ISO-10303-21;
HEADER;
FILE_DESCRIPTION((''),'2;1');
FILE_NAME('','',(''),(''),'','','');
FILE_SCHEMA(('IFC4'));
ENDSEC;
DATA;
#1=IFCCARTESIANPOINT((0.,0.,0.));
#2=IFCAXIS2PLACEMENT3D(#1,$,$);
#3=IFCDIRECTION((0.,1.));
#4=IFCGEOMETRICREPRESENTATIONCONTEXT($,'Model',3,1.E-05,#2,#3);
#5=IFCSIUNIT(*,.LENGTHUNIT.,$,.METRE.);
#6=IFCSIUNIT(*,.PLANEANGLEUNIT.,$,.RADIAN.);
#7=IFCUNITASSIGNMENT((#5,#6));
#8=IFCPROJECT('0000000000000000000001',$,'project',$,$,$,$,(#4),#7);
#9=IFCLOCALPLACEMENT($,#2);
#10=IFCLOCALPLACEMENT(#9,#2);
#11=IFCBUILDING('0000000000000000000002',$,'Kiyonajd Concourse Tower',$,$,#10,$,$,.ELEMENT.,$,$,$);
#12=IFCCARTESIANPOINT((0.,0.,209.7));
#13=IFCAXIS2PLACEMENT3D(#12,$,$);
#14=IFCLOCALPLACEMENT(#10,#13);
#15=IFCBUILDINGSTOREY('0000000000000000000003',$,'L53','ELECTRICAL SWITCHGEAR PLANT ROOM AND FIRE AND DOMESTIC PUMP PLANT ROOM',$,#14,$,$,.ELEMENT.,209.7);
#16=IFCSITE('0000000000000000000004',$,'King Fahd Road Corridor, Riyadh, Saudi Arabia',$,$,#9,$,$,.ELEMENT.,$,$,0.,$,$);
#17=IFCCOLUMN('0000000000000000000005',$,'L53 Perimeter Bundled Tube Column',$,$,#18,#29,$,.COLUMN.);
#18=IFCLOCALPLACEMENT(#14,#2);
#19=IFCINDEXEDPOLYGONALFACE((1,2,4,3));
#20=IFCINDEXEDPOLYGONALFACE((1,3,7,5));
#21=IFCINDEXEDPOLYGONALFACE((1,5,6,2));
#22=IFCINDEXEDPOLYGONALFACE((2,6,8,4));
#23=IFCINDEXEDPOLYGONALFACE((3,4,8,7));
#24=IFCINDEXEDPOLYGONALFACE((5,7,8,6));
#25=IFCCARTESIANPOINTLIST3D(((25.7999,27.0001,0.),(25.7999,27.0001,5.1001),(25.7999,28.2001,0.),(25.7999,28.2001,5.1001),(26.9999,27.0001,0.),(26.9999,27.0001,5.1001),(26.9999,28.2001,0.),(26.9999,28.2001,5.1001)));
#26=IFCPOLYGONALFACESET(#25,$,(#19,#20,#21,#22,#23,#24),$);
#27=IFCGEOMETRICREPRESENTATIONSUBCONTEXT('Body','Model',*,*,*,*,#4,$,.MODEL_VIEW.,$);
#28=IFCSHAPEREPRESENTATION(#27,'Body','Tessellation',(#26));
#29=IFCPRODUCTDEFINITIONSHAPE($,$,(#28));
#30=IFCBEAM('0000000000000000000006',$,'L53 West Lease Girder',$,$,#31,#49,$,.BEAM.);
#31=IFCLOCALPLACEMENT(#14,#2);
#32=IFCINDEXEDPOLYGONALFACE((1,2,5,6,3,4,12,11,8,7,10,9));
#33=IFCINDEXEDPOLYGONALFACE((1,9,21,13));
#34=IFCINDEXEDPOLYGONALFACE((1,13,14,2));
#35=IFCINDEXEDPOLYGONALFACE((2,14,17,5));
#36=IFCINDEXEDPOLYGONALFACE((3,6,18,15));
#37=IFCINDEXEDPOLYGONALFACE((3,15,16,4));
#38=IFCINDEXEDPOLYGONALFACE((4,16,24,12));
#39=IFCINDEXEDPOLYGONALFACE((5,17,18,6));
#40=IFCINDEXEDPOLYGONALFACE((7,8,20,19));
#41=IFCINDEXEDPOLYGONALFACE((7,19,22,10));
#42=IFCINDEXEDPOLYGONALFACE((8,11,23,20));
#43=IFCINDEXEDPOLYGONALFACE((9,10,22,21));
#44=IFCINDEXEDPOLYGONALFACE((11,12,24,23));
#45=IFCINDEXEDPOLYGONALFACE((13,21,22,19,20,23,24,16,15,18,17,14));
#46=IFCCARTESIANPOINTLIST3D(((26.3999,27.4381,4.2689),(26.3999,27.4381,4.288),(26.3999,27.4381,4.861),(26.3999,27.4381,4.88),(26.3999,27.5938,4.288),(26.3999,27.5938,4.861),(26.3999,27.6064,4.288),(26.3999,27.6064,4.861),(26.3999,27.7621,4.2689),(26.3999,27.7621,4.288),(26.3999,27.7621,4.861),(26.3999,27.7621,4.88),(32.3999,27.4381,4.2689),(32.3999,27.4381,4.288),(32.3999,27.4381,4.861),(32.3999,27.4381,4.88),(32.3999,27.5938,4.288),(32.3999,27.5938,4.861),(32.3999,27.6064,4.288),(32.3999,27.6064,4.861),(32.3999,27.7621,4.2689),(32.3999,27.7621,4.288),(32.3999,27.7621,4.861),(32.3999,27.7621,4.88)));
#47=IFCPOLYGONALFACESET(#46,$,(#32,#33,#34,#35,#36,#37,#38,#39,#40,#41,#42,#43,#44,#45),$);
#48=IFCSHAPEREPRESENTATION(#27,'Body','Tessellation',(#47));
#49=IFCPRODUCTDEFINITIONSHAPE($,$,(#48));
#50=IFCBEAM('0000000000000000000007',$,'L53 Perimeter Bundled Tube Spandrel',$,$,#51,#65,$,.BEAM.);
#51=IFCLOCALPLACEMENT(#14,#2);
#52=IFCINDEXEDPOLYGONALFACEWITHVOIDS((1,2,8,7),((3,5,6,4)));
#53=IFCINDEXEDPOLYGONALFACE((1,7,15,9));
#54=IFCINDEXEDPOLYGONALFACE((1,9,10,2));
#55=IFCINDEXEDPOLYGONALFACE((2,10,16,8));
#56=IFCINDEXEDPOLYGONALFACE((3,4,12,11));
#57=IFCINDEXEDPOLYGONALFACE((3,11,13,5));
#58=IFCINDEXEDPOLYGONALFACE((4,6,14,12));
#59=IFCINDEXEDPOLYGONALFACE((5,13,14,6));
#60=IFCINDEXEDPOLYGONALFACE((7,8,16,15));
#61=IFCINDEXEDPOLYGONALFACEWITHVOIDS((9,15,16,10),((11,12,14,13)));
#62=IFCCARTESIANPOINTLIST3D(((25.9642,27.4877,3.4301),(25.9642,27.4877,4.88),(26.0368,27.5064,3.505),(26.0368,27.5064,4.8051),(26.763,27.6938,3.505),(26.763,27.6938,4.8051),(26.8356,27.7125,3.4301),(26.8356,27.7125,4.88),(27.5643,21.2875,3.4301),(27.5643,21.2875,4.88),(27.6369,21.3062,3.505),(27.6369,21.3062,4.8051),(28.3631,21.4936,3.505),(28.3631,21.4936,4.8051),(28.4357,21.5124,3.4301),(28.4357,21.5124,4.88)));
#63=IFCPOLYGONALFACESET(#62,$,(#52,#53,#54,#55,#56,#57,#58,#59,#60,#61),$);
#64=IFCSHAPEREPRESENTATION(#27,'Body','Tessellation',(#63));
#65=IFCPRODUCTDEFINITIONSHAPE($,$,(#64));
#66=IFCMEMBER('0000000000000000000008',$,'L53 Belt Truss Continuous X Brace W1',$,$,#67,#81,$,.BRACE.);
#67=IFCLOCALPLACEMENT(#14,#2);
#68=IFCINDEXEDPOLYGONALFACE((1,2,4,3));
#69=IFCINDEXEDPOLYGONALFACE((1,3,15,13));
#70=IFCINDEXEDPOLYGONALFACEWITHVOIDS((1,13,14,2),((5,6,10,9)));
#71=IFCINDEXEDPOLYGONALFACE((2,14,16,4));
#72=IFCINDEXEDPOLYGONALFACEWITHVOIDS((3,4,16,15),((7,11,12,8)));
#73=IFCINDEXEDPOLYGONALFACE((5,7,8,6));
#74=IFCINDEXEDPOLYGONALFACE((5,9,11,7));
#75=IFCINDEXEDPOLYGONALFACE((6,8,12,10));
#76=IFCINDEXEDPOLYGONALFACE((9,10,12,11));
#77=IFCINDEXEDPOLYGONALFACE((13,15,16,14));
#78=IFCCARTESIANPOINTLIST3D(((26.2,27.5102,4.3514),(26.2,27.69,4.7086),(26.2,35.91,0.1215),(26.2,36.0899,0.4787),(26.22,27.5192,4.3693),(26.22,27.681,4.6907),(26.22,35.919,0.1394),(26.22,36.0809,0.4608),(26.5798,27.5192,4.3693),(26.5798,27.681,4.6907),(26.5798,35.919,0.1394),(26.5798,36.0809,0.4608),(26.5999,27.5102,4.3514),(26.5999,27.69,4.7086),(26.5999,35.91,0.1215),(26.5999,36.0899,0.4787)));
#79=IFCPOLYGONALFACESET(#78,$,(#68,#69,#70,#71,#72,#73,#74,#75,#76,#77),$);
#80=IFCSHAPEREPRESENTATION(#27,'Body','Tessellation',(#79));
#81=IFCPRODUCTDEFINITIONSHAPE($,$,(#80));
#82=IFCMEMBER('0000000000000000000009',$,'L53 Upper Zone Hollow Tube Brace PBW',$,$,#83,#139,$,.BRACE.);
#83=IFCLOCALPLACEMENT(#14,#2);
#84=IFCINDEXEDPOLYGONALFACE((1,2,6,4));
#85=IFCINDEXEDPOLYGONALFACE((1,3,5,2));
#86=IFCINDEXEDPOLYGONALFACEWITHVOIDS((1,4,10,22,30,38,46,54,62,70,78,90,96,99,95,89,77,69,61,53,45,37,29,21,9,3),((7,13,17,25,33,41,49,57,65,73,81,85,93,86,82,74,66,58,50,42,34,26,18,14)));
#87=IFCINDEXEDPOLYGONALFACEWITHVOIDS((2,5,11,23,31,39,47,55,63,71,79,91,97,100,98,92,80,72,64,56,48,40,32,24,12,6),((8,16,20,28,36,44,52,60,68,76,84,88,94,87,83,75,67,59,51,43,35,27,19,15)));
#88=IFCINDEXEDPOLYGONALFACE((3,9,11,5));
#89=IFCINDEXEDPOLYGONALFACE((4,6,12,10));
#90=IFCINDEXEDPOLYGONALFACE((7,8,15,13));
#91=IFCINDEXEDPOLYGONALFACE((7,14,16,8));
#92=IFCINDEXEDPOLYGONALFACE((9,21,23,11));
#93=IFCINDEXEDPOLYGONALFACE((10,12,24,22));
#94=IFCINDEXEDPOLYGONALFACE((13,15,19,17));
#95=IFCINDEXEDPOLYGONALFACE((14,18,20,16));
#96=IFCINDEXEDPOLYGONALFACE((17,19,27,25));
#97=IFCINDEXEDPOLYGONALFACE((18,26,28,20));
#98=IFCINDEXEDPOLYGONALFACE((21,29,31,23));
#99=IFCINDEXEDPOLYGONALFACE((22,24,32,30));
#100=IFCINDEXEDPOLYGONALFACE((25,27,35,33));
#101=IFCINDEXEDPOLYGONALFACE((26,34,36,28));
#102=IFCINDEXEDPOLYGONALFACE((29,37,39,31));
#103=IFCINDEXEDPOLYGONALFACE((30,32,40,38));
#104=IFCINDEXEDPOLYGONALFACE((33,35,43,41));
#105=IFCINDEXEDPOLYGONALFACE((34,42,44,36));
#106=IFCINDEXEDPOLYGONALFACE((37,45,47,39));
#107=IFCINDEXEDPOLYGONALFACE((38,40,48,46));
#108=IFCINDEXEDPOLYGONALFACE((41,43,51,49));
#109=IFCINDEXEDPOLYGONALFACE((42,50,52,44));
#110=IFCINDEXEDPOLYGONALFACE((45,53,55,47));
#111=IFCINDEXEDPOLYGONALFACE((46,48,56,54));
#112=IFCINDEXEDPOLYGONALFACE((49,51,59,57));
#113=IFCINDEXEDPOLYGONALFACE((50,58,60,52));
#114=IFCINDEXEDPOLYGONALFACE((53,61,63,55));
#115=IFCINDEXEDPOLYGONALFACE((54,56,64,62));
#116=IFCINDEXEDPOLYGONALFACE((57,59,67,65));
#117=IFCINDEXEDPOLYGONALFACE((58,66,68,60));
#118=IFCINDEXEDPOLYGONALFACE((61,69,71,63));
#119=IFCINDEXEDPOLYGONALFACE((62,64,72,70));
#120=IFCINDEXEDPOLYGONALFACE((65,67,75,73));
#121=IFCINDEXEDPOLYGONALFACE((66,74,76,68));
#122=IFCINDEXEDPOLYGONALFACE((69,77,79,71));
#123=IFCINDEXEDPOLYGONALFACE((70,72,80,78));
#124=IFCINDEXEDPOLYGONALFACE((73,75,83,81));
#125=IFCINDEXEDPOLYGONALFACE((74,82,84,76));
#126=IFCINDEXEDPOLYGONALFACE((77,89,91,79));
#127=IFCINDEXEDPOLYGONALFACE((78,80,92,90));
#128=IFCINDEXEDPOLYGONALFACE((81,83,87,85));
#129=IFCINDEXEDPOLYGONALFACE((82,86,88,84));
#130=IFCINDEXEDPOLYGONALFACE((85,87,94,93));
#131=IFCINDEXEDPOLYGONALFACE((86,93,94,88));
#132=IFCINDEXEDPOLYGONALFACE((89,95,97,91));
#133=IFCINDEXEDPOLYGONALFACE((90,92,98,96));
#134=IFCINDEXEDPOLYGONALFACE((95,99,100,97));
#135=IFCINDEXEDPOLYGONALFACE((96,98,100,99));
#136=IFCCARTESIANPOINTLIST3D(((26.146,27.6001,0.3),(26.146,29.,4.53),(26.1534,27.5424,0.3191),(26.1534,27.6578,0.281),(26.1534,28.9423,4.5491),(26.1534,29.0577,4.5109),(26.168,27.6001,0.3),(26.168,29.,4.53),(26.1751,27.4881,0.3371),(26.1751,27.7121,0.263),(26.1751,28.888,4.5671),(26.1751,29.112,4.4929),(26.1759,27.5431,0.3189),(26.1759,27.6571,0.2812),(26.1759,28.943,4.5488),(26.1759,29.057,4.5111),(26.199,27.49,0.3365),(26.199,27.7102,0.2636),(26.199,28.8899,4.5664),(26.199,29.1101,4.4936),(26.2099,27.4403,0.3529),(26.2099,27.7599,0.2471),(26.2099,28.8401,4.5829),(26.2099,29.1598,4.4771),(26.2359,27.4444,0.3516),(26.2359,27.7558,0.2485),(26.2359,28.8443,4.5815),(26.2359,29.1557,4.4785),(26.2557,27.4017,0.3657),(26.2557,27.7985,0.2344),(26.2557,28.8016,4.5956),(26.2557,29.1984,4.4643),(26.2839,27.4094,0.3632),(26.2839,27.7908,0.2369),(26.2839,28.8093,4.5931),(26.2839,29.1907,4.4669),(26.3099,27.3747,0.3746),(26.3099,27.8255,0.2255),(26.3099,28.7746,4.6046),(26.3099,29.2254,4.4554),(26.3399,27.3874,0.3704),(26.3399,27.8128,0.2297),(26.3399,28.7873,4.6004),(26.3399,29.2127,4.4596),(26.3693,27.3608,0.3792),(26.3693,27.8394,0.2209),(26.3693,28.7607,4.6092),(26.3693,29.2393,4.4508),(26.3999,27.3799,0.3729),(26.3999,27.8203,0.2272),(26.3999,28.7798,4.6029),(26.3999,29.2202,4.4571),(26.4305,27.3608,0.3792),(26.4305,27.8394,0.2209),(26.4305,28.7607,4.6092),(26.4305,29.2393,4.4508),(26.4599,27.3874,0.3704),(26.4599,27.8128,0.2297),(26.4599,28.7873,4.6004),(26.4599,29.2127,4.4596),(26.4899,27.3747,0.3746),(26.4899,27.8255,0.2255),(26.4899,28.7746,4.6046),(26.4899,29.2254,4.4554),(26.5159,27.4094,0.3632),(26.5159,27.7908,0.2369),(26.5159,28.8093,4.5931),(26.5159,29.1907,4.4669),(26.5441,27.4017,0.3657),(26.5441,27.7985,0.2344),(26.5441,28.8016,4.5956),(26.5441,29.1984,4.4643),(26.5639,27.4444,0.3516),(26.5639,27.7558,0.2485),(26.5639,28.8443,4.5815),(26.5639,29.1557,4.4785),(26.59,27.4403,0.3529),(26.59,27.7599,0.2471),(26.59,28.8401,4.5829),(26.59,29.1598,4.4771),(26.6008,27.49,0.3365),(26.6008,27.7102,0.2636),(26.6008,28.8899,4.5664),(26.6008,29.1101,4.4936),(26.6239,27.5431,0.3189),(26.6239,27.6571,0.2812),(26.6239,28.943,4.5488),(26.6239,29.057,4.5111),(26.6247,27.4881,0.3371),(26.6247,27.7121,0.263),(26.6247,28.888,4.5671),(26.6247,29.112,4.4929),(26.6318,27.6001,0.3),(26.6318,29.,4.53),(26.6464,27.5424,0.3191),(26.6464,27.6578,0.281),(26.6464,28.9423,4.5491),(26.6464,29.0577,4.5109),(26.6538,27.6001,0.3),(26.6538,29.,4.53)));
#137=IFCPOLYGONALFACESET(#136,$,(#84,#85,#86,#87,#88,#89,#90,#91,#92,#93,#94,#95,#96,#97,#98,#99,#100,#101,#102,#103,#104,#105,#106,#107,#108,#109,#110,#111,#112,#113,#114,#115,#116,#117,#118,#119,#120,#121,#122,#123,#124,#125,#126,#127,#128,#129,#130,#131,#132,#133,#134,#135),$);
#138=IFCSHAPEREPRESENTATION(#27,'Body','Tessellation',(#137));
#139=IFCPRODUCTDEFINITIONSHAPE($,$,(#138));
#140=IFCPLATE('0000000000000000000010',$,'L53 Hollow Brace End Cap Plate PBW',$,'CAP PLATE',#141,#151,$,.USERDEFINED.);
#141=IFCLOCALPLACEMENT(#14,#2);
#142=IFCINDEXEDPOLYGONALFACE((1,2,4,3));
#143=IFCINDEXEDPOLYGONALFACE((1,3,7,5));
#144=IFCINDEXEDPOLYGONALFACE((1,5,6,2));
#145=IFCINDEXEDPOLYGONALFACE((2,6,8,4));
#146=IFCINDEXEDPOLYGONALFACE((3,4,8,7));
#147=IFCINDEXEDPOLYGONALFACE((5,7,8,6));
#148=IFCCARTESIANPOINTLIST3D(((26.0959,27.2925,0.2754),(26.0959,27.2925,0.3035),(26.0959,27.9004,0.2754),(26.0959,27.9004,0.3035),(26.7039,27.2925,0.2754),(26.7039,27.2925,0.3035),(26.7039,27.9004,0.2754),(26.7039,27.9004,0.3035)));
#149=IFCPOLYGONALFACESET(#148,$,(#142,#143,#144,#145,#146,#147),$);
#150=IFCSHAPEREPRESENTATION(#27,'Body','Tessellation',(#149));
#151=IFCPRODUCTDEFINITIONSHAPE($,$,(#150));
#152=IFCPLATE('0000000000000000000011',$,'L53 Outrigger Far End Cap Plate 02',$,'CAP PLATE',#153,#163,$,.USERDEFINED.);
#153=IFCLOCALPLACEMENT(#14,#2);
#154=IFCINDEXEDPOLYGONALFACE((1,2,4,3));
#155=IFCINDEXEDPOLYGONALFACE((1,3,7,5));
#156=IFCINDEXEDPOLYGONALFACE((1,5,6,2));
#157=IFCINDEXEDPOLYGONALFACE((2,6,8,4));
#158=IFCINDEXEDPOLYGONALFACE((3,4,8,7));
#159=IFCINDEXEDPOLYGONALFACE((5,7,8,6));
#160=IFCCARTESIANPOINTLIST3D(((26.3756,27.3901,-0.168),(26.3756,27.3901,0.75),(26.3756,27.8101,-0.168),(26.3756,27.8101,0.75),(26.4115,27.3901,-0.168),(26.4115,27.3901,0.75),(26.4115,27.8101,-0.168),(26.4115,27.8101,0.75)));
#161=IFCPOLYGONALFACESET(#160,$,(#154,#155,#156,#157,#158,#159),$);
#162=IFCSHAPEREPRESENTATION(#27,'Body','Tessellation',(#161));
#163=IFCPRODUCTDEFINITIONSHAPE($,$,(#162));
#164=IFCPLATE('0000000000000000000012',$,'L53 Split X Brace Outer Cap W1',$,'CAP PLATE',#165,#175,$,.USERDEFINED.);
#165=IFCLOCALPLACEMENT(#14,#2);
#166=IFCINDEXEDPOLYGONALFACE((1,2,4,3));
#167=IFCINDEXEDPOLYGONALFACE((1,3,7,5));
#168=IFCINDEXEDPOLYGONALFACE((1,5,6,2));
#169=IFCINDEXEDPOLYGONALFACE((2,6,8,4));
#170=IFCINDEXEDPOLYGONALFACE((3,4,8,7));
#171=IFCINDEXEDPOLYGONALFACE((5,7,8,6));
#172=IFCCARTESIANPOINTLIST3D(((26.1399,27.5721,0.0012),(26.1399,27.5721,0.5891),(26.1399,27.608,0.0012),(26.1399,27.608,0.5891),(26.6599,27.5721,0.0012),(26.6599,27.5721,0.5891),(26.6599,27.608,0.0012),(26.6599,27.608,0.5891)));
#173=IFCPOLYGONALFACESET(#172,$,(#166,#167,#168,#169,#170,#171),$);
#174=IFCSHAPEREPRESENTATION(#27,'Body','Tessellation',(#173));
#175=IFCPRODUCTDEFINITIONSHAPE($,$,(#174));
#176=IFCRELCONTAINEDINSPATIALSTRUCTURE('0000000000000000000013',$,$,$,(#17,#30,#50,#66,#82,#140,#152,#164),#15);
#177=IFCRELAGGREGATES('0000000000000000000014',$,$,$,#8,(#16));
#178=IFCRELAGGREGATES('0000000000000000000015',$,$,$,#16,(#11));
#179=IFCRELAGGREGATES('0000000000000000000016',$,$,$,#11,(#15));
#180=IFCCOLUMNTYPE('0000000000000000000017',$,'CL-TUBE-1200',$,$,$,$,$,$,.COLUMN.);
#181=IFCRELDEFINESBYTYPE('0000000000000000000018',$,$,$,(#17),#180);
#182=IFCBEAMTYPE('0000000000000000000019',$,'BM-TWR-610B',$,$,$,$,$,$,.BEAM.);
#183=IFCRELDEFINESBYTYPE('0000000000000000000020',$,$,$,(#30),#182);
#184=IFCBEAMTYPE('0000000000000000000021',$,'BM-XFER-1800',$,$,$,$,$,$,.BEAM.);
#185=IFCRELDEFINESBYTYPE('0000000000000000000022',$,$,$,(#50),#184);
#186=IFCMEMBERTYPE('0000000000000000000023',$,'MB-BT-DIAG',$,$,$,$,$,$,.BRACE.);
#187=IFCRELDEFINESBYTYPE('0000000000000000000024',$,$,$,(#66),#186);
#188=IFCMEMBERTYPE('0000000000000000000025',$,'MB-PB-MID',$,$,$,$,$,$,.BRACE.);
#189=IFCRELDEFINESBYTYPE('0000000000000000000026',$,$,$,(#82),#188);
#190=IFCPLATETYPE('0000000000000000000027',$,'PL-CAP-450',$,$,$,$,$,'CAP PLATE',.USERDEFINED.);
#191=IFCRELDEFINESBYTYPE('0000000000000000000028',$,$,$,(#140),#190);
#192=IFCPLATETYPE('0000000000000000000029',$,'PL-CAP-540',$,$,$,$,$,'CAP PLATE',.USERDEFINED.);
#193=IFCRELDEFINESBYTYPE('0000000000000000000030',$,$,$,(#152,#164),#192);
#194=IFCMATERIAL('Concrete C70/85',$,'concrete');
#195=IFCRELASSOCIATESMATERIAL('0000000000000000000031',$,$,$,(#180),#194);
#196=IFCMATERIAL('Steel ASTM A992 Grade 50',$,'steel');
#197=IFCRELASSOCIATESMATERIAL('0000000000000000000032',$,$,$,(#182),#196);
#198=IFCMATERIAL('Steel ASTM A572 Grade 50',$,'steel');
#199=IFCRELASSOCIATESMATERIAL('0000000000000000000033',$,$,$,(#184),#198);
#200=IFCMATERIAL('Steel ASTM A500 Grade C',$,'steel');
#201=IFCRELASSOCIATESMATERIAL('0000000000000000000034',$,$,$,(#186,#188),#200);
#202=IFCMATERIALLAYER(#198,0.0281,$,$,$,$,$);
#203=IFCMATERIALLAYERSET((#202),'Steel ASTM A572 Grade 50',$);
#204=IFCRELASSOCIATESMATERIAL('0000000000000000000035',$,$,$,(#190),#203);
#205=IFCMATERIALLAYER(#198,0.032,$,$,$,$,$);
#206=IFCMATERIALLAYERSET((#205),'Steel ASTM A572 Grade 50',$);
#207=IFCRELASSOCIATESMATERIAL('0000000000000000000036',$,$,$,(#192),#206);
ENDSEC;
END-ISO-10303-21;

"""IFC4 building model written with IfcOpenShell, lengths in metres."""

from ifc_helpers import new_model, si_unit, direction, frame, origin, origin_2d, place, context, subcontext, project, spatial, rectangle, hollow_rectangle, hollow_circle, i_section, extrude, material, layer, layer_set, material_profile, profile_set, type_object, element, save


model = new_model("IFC4")

# Units and contexts
model_context = context("Model", 3, precision=1e-05, world=origin(), true_north=direction((0.0, 1.0)))
body_context = subcontext(model_context, "Body", "Model", "MODEL_VIEW")
ifc_project = project(units=[si_unit("LENGTHUNIT", "METRE"), si_unit("PLANEANGLEUNIT", "RADIAN")], contexts=[model_context])

# Site, building, storey
site_placement = place(None, origin())
site = spatial("IfcSite", under=ifc_project, at=site_placement, Name="King Fahd Road Corridor, Riyadh, Saudi Arabia", CompositionType="ELEMENT", RefElevation=0.0)
building_placement = place(site_placement, origin())
building = spatial("IfcBuilding", under=site, at=building_placement, Name="Kiyonajd Concourse Tower", CompositionType="ELEMENT")
storey_placement = place(building_placement, frame((0.0, 0.0, 209.7)))
storey = spatial("IfcBuildingStorey", under=building, at=storey_placement, Name="L53", Description="ELECTRICAL SWITCHGEAR PLANT ROOM AND FIRE AND DOMESTIC PUMP PLANT ROOM", CompositionType="ELEMENT", Elevation=209.7)

# Column
ifc_material_1 = material(Name="Concrete C70/85", Category="concrete")
ifc_material_profile_1 = material_profile(ifc_material_1, rectangle(XDim=1.2, YDim=1.2, at=origin_2d()), Name="RC-1200x1200")
ifc_profile_set_1 = profile_set([ifc_material_profile_1], Name="Concrete C70/85")
column_type = type_object("IfcColumnType", Name="CL-TUBE-1200", PredefinedType="COLUMN", material=ifc_profile_set_1)
column_placement = place(storey_placement, frame((26.3999, 27.6001, 0.0), z_axis=(0.0, 0.0, 1.0), x_axis=(1.0, 0.0, 0.0)))
element("IfcColumn", 1, at=column_placement, inside=storey, type_object=column_type, Name="L53 Perimeter Bundled Tube Column", PredefinedType="COLUMN", context=body_context, shape_type="SweptSolid", body=[
    extrude(rectangle(XDim=1.2, YDim=1.2, at=origin_2d()), origin(), (0.0, 0.0, 1.0), 5.1001),
])

# Beams
ifc_material_2 = material(Name="Steel ASTM A992 Grade 50", Category="steel")
ifc_material_profile_2 = material_profile(ifc_material_2, i_section(OverallWidth=0.324, OverallDepth=0.6111, WebThickness=0.0127, FlangeThickness=0.019, at=origin_2d()), Name="W610X155")
ifc_profile_set_2 = profile_set([ifc_material_profile_2], Name="Steel ASTM A992 Grade 50")
beam_type_1 = type_object("IfcBeamType", Name="BM-TWR-610B", PredefinedType="BEAM", material=ifc_profile_set_2)
beam_1_placement = place(storey_placement, frame((26.3999, 27.6001, 4.5745), z_axis=(1.0, 0.0, 0.0), x_axis=(0.0, 1.0, 0.0)))
element("IfcBeam", 2, at=beam_1_placement, inside=storey, type_object=beam_type_1, Name="L53 West Lease Girder", PredefinedType="BEAM", context=body_context, shape_type="SweptSolid", body=[
    extrude(i_section(OverallWidth=0.324, OverallDepth=0.6111, WebThickness=0.0127, FlangeThickness=0.019, at=origin_2d()), origin(), (0.0, 0.0, 1.0), 6.0),
])
ifc_material_3 = material(Name="Steel ASTM A572 Grade 50", Category="steel")
ifc_material_profile_3 = material_profile(ifc_material_3, hollow_rectangle(XDim=0.8999, YDim=1.45, WallThickness=0.075, at=origin_2d()), Name="BOX-1450x900x75")
ifc_profile_set_3 = profile_set([ifc_material_profile_3], Name="Steel ASTM A572 Grade 50")
beam_type_2 = type_object("IfcBeamType", Name="BM-XFER-1800", PredefinedType="BEAM", material=ifc_profile_set_3)
beam_2_placement = place(storey_placement, frame((26.3999, 27.6001, 4.155), z_axis=(0.249885, -0.968276, 0.0), x_axis=(0.968276, 0.249885, 0.0)))
element("IfcBeam", 3, at=beam_2_placement, inside=storey, type_object=beam_type_2, Name="L53 Perimeter Bundled Tube Spandrel", PredefinedType="BEAM", context=body_context, shape_type="SweptSolid", body=[
    extrude(hollow_rectangle(XDim=0.8999, YDim=1.45, WallThickness=0.075, at=origin_2d()), origin(), (0.0, 0.0, 1.0), 6.4033),
])

# Members
ifc_material_4 = material(Name="Steel ASTM A500 Grade C", Category="steel")
ifc_material_profile_4 = material_profile(ifc_material_4, hollow_rectangle(XDim=0.3999, YDim=0.3999, WallThickness=0.02, at=origin_2d()), Name="HSS-400x400x20")
ifc_profile_set_4 = profile_set([ifc_material_profile_4], Name="Steel ASTM A500 Grade C")
member_type_1 = type_object("IfcMemberType", Name="MB-BT-DIAG", PredefinedType="BRACE", material=ifc_profile_set_4)
member_1_placement = place(storey_placement, frame((26.3999, 27.6001, 4.53), z_axis=(0.0, 0.893146, -0.449766), x_axis=(-1.0, 0.0, 0.0)))
element("IfcMember", 4, at=member_1_placement, inside=storey, type_object=member_type_1, Name="L53 Belt Truss Continuous X Brace W1", PredefinedType="BRACE", context=body_context, shape_type="SweptSolid", body=[
    extrude(hollow_rectangle(XDim=0.3999, YDim=0.3999, WallThickness=0.02, at=origin_2d()), origin(), (0.0, 0.0, 1.0), 9.4048),
])
ifc_material_profile_5 = material_profile(ifc_material_4, hollow_circle(Radius=0.2539, WallThickness=0.022, at=origin_2d()), Name="CHS-508x22")
ifc_profile_set_5 = profile_set([ifc_material_profile_5], Name="Steel ASTM A500 Grade C")
member_type_2 = type_object("IfcMemberType", Name="MB-PB-MID", PredefinedType="BRACE", material=ifc_profile_set_5)
member_2_placement = place(storey_placement, frame((26.3999, 27.6001, 0.3), z_axis=(0.0, 0.314189, 0.949361), x_axis=(-1.0, 0.0, 0.0)))
element("IfcMember", 5, at=member_2_placement, inside=storey, type_object=member_type_2, Name="L53 Upper Zone Hollow Tube Brace PBW", PredefinedType="BRACE", context=body_context, shape_type="SweptSolid", body=[
    extrude(hollow_circle(Radius=0.2539, WallThickness=0.022, at=origin_2d()), origin(), (0.0, 0.0, 1.0), 4.4556),
])

# Plates
ifc_layer_1 = layer(ifc_material_3, 0.0281)
ifc_layer_set_1 = layer_set([ifc_layer_1], Name="Steel ASTM A572 Grade 50")
plate_type_1 = type_object("IfcPlateType", Name="PL-CAP-450", ElementType="CAP PLATE", PredefinedType="USERDEFINED", material=ifc_layer_set_1)
plate_1_placement = place(storey_placement, frame((26.3999, 27.5964, 0.2754), z_axis=(0.0, 0.0, 1.0), x_axis=(1.0, 0.0, 0.0)))
element("IfcPlate", 6, at=plate_1_placement, inside=storey, type_object=plate_type_1, Name="L53 Hollow Brace End Cap Plate PBW", ObjectType="CAP PLATE", PredefinedType="USERDEFINED", context=body_context, shape_type="SweptSolid", body=[
    extrude(rectangle(XDim=0.6079, YDim=0.6079, at=origin_2d()), origin(), (0.0, 0.0, 1.0), 0.0281),
])
ifc_layer_2 = layer(ifc_material_3, 0.032)
ifc_layer_set_2 = layer_set([ifc_layer_2], Name="Steel ASTM A572 Grade 50")
plate_type_2 = type_object("IfcPlateType", Name="PL-CAP-540", ElementType="CAP PLATE", PredefinedType="USERDEFINED", material=ifc_layer_set_2)
plate_2_placement = place(storey_placement, frame((26.3936, 27.6001, -0.168), z_axis=(0.0, 0.0, 1.0), x_axis=(-1.0, 0.0, 0.0)))
element("IfcPlate", 7, at=plate_2_placement, inside=storey, type_object=plate_type_2, Name="L53 Outrigger Far End Cap Plate 02", ObjectType="CAP PLATE", PredefinedType="USERDEFINED", context=body_context, shape_type="SweptSolid", body=[
    extrude(rectangle(XDim=0.0359, YDim=0.4199, at=origin_2d()), origin(), (0.0, 0.0, 1.0), 0.918),
])
plate_3_placement = place(storey_placement, frame((26.3999, 27.5901, 0.0012), z_axis=(0.0, 0.0, 1.0), x_axis=(0.0, -1.0, 0.0)))
element("IfcPlate", 8, at=plate_3_placement, inside=storey, type_object=plate_type_2, Name="L53 Split X Brace Outer Cap W1", ObjectType="CAP PLATE", PredefinedType="USERDEFINED", context=body_context, shape_type="SweptSolid", body=[
    extrude(rectangle(XDim=0.0359, YDim=0.52, at=origin_2d()), origin(), (0.0, 0.0, 1.0), 0.5879),
])

save(model, "model.ifc")
